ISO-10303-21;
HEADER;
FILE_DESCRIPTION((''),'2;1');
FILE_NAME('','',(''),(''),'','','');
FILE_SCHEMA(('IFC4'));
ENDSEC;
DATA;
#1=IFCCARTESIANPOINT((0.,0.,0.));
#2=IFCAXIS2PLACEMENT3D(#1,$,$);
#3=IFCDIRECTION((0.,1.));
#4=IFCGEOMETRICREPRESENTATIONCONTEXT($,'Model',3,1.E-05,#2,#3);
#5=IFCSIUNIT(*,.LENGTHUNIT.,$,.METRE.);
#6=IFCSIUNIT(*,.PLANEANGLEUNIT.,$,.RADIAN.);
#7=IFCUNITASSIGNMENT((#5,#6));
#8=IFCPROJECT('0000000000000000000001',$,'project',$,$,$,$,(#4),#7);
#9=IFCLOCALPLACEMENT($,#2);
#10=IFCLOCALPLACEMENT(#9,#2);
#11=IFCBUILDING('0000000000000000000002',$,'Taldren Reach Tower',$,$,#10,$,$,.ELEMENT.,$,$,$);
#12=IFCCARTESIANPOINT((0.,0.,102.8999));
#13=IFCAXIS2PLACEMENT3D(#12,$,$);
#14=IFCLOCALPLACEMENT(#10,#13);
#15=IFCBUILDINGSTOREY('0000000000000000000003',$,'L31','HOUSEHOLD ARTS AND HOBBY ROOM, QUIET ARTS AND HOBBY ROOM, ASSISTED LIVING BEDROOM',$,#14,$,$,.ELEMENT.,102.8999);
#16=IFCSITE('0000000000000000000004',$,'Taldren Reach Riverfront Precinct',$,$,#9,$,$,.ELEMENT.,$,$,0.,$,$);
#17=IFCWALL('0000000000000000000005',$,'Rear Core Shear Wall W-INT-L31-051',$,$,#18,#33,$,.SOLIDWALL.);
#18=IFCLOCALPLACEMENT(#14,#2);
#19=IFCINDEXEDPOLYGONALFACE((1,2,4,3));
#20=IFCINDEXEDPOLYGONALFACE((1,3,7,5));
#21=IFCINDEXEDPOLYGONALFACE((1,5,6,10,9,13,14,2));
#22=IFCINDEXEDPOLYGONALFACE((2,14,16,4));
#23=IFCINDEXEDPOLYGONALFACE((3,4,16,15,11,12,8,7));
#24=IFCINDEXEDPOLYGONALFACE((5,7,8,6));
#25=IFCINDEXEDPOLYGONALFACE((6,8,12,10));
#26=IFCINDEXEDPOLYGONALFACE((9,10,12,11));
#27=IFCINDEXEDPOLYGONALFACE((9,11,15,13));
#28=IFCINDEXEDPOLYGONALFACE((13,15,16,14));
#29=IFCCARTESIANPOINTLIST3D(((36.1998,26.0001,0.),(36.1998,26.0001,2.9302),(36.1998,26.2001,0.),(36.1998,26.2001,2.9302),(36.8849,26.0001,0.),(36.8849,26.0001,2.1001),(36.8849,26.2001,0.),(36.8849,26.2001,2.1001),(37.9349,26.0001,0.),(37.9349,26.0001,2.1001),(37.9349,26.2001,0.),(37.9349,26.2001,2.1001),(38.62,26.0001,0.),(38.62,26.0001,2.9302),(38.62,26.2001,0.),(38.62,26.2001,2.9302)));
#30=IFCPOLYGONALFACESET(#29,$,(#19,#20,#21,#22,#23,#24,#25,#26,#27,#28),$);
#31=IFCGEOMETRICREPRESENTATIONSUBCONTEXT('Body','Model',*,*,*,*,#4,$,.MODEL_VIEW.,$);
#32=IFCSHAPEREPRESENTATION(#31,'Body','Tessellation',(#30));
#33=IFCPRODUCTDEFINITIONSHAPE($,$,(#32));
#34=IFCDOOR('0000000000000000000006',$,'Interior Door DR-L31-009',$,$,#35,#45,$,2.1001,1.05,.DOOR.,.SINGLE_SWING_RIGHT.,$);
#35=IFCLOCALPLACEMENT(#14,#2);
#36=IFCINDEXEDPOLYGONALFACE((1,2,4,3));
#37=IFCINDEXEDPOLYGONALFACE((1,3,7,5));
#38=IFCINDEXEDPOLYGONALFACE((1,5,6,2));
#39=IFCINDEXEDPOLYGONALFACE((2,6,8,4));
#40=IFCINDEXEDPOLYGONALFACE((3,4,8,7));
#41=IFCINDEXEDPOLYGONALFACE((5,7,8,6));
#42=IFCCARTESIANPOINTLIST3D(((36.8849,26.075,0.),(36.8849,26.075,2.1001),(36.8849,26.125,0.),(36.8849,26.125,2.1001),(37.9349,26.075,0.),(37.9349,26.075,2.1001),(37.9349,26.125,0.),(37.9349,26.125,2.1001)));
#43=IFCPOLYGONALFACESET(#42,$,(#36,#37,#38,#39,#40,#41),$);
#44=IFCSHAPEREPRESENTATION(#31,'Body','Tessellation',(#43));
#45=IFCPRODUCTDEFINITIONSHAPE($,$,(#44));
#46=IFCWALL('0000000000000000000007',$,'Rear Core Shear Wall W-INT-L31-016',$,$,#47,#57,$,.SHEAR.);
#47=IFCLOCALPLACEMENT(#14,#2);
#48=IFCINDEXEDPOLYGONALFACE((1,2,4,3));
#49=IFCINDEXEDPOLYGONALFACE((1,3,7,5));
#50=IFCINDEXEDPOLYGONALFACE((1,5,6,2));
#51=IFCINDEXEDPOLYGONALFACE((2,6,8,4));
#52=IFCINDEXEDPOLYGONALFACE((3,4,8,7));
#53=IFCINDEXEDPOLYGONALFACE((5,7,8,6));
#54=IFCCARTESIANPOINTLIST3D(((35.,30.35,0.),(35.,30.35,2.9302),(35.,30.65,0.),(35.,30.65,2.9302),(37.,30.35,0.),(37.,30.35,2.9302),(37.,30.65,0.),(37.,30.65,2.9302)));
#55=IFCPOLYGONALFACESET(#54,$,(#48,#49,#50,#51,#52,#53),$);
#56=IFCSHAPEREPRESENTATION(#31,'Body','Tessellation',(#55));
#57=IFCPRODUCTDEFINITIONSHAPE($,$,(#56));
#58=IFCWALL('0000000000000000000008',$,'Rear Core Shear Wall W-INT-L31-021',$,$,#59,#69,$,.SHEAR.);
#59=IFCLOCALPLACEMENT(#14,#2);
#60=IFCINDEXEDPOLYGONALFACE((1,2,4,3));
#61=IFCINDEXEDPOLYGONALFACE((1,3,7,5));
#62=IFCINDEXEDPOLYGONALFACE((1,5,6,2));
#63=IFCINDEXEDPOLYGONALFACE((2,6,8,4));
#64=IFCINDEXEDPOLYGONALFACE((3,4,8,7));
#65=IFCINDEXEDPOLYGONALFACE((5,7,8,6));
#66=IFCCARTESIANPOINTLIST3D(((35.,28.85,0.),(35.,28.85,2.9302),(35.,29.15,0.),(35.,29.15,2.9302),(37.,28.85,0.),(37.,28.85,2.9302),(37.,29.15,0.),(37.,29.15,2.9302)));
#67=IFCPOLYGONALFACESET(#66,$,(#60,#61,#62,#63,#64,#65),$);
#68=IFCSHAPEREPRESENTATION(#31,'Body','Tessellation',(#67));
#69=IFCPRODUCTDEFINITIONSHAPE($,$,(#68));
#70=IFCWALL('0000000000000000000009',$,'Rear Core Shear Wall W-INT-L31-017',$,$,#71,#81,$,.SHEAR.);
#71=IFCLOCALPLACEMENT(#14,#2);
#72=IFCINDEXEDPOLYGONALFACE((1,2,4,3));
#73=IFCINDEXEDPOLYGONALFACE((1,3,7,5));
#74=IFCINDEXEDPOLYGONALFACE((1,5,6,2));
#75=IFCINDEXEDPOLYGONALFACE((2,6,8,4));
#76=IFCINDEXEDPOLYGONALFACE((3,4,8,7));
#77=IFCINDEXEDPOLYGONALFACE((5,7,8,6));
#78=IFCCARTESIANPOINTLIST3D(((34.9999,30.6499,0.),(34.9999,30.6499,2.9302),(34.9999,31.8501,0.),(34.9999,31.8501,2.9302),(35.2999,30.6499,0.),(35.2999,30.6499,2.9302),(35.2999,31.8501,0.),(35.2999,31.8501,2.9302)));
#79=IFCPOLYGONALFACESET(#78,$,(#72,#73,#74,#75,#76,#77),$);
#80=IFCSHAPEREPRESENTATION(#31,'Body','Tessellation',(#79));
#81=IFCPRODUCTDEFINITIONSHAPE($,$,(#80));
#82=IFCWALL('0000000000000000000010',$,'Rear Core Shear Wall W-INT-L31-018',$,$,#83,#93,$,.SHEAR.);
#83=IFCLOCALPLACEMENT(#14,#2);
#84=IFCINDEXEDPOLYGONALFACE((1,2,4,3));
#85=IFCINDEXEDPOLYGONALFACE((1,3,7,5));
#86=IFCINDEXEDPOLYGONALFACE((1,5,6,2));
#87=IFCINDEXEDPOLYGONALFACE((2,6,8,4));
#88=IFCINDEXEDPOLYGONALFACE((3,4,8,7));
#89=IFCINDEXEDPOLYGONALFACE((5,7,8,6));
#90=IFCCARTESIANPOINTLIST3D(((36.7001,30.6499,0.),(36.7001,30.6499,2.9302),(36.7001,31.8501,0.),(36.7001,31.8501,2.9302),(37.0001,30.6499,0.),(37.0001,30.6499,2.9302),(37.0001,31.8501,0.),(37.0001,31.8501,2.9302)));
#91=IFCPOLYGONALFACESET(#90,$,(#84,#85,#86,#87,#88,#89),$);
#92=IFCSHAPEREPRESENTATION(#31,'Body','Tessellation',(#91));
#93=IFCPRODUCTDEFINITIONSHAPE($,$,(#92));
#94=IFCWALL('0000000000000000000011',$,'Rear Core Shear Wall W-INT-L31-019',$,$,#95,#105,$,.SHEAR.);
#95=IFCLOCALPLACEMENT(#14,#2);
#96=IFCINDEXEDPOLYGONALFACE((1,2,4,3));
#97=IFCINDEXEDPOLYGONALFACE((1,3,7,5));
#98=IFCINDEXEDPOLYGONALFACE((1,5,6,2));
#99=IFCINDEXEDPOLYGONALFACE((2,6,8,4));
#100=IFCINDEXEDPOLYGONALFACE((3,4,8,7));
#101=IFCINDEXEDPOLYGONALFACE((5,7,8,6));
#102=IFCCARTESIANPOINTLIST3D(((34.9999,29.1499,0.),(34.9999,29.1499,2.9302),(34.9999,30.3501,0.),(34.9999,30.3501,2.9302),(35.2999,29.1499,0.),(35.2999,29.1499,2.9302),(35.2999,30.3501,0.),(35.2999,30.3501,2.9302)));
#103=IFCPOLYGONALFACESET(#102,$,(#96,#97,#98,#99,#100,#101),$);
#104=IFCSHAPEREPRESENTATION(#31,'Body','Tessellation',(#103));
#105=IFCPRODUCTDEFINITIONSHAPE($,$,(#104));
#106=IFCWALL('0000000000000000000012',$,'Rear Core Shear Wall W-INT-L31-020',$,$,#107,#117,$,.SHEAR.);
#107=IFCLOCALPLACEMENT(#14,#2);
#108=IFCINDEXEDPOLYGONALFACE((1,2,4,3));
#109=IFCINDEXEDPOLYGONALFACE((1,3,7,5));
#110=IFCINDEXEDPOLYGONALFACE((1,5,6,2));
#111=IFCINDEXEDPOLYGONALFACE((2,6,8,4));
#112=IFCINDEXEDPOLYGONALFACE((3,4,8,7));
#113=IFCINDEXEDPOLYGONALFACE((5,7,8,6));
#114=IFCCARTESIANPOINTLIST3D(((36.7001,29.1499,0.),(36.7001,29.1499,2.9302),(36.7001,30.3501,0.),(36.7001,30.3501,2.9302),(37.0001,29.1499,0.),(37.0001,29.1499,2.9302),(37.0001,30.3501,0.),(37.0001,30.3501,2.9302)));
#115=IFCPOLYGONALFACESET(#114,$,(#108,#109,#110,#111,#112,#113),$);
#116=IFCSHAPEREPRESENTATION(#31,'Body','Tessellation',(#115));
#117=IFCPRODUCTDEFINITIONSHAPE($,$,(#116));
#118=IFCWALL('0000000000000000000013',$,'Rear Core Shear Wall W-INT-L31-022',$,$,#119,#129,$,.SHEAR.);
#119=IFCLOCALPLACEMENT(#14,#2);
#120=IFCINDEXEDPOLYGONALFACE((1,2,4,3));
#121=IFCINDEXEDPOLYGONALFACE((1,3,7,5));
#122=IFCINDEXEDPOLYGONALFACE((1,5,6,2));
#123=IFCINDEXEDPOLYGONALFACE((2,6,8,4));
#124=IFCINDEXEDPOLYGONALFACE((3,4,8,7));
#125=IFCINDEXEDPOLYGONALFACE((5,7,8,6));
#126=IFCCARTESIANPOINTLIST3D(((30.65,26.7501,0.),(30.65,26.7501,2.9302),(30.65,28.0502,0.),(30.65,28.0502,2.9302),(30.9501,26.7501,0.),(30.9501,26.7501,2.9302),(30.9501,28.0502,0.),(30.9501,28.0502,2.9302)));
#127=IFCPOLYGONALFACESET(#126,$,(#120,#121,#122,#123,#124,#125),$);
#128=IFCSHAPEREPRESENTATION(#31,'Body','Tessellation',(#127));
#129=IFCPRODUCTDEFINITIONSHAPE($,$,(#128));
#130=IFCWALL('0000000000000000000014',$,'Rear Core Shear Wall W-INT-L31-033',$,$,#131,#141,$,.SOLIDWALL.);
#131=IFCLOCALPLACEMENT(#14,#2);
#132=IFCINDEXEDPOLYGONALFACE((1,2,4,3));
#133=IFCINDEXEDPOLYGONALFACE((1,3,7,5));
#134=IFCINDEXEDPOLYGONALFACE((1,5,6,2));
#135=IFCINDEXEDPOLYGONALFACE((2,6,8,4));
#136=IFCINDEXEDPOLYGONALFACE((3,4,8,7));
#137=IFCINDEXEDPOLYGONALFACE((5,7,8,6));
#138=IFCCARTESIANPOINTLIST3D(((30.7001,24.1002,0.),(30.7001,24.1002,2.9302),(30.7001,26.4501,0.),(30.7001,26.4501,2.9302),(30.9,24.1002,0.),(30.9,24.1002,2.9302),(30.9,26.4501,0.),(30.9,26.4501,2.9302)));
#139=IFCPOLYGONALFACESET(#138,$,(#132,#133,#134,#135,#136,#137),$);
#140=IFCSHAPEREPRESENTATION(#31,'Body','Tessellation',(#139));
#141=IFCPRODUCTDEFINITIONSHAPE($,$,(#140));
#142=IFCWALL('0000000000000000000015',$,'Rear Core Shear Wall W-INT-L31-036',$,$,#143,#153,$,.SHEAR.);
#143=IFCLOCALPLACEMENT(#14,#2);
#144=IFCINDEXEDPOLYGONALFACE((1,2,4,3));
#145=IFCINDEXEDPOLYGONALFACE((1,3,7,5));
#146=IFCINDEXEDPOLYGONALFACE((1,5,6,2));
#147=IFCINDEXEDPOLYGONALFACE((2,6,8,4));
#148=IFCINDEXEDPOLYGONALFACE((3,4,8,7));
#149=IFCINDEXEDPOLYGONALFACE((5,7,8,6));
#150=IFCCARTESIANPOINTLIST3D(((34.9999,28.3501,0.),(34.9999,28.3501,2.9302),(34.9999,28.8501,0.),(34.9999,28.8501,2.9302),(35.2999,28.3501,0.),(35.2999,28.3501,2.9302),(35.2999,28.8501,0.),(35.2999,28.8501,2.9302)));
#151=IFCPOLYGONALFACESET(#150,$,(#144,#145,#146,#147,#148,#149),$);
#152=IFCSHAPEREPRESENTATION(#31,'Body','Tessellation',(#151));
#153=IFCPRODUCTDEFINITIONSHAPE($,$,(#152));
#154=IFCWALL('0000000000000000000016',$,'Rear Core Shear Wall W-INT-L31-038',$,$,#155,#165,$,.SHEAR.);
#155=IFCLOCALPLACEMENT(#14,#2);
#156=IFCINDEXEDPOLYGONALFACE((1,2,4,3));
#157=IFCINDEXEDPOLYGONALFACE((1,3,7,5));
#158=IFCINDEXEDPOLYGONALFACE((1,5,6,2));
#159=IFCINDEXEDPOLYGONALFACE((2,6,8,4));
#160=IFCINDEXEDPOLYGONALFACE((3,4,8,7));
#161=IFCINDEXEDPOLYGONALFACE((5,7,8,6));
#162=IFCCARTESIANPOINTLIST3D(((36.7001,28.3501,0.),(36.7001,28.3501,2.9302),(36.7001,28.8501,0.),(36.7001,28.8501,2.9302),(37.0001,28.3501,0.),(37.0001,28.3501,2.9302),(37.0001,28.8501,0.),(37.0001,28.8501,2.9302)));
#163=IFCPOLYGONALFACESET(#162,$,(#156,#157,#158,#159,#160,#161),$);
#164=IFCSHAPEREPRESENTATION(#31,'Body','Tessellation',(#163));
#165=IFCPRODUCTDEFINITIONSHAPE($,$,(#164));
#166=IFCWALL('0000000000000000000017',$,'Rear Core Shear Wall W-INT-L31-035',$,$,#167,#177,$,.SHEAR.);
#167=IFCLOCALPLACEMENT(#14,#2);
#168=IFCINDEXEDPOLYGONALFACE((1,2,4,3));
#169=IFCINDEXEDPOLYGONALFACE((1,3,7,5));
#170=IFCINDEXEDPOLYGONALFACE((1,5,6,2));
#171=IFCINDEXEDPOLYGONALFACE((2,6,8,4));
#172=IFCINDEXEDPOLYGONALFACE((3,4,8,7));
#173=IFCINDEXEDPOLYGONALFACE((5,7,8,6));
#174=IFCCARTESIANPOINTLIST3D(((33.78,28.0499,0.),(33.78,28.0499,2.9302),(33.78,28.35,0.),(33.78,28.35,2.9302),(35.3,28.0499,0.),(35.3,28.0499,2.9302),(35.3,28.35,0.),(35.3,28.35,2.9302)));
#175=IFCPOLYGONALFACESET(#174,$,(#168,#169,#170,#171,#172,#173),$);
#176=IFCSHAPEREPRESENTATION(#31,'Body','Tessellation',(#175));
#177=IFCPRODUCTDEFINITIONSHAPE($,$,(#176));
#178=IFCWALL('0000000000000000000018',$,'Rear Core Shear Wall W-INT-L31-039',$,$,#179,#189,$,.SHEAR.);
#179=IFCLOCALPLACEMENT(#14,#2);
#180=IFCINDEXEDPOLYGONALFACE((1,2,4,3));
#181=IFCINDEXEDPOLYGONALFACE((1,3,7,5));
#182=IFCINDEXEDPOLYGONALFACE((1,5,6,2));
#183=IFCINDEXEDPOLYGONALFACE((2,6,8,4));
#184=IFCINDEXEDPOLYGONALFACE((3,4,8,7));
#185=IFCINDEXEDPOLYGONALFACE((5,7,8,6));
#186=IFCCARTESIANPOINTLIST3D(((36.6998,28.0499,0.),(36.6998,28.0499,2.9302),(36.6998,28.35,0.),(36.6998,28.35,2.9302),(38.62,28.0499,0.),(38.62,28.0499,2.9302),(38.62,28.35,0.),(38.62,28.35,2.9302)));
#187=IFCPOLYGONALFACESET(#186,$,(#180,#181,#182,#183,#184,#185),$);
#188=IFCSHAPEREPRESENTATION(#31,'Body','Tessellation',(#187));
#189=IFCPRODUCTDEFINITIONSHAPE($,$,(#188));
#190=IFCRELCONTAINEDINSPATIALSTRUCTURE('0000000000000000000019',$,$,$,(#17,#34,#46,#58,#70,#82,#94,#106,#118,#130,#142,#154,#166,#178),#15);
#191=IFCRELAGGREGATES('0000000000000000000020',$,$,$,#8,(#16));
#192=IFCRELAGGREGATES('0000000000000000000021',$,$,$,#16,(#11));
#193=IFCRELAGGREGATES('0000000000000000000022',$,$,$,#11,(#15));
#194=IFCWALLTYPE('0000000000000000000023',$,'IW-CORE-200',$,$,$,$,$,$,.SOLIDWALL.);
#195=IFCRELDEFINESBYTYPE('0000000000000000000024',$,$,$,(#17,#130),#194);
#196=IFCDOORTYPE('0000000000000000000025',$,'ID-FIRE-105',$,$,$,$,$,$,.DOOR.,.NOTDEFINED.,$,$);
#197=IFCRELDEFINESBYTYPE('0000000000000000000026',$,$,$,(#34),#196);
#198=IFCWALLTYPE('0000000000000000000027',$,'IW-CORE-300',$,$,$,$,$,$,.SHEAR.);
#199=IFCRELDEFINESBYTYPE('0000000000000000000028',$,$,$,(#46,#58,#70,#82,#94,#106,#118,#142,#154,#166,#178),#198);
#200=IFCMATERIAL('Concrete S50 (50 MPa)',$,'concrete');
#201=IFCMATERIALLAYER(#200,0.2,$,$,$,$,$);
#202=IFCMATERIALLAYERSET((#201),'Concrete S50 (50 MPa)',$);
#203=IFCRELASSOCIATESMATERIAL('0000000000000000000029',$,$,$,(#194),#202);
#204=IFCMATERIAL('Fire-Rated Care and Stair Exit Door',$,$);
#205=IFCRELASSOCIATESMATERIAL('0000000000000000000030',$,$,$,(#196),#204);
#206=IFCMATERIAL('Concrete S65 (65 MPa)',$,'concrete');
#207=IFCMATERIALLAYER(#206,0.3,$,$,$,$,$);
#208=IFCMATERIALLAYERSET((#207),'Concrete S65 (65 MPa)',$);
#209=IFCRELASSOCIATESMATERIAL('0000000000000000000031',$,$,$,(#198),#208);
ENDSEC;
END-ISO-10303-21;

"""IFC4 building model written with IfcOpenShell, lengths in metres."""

from ifc_helpers import new_model, si_unit, direction, frame, frame_2d, origin, place, context, subcontext, project, spatial, rectangle, extrude, source, transform, mapped, material, layer, layer_set, type_object, element, fill, save


model = new_model("IFC4")

# Units and contexts
model_context = context("Model", 3, precision=1e-05, world=origin(), true_north=direction((0.0, 1.0)))
body_context = subcontext(model_context, "Body", "Model", "MODEL_VIEW")
ifc_project = project(units=[si_unit("LENGTHUNIT", "METRE"), si_unit("PLANEANGLEUNIT", "RADIAN")], contexts=[model_context])

# Site, building, storey
site_placement = place(None, origin())
site = spatial("IfcSite", under=ifc_project, at=site_placement, Name="Taldren Reach Riverfront Precinct", CompositionType="ELEMENT", RefElevation=0.0)
building_placement = place(site_placement, origin())
building = spatial("IfcBuilding", under=site, at=building_placement, Name="Taldren Reach Tower", CompositionType="ELEMENT")
storey_placement = place(building_placement, frame((0.0, 0.0, 102.8999)))
storey = spatial("IfcBuildingStorey", under=building, at=storey_placement, Name="L31", Description="HOUSEHOLD ARTS AND HOBBY ROOM, QUIET ARTS AND HOBBY ROOM, ASSISTED LIVING BEDROOM", CompositionType="ELEMENT", Elevation=102.8999)

# Shared definitions
ifc_material_1 = material(Name="Concrete S50 (50 MPa)", Category="concrete")
ifc_layer_1 = layer(ifc_material_1, 0.2)
ifc_layer_set_1 = layer_set([ifc_layer_1], Name="Concrete S50 (50 MPa)")
wall_type_1 = type_object("IfcWallType", Name="IW-CORE-200", PredefinedType="SOLIDWALL", material=ifc_layer_set_1)
shared_shape_1 = source(origin(), body_context, "Body", "SweptSolid", [
    extrude(rectangle(XDim=1.05, YDim=2.1001, at=frame_2d((0.5249, 1.05))), frame((0.0, 0.1099, 0.0), z_axis=(0.0, -1.0, 0.0), x_axis=(1.0, 0.0, 0.0)), (0.0, 0.0, 1.0), 0.22),
])
ifc_material_2 = material(Name="Fire-Rated Care and Stair Exit Door")
door_type = type_object("IfcDoorType", Name="ID-FIRE-105", OperationType="NOTDEFINED", PredefinedType="DOOR", material=ifc_material_2)
shared_shape_2 = source(origin(), body_context, "Body", "SweptSolid", [
    extrude(rectangle(XDim=1.05, YDim=2.1001, at=frame_2d((0.5249, 1.05))), frame((0.0, 0.0249, 0.0), z_axis=(0.0, -1.0, 0.0), x_axis=(1.0, 0.0, 0.0)), (0.0, 0.0, 1.0), 0.05),
])

# Wall, opening, door
shared_shape_3 = source(origin(), body_context, "Body", "SweptSolid", [
    extrude(rectangle(XDim=2.4202, YDim=0.2, at=frame_2d((1.21, 0.0))), origin(), (0.0, 0.0, 1.0), 2.9302),
])
wall_1_placement = place(storey_placement, frame((36.2, 26.1001, 0.0), z_axis=(0.0, 0.0, 1.0), x_axis=(1.0, 0.0, 0.0)))
wall_1 = element("IfcWall", 1, at=wall_1_placement, inside=storey, type_object=wall_type_1, Name="Rear Core Shear Wall W-INT-L31-051", PredefinedType="SOLIDWALL", context=body_context, shape_type="MappedRepresentation", body=[
    mapped(shared_shape_3, transform((0.0, 0.0, 0.0), scale=1.0)),
])
opening_1_placement = place(wall_1_placement, frame((0.6851, 0.0, 0.0)))
opening_1 = element("IfcOpeningElement", 2, at=opening_1_placement, cuts=wall_1, PredefinedType="OPENING", context=body_context, shape_type="MappedRepresentation", body=[
    mapped(shared_shape_1, transform((0.0, 0.0, 0.0), scale=1.0)),
])
door_1_placement = place(opening_1_placement, origin())
door_1 = element("IfcDoor", 3, at=door_1_placement, inside=storey, type_object=door_type, Name="Interior Door DR-L31-009", OperationType="SINGLE_SWING_RIGHT", OverallHeight=2.1001, OverallWidth=1.05, PredefinedType="DOOR", context=body_context, shape_type="MappedRepresentation", body=[
    mapped(shared_shape_2, transform((0.0, 0.0, 0.0), scale=1.0)),
])
fill(opening_1, door_1)

# Walls
ifc_material_3 = material(Name="Concrete S65 (65 MPa)", Category="concrete")
ifc_layer_2 = layer(ifc_material_3, 0.3)
ifc_layer_set_2 = layer_set([ifc_layer_2], Name="Concrete S65 (65 MPa)")
wall_type_2 = type_object("IfcWallType", Name="IW-CORE-300", PredefinedType="SHEAR", material=ifc_layer_set_2)
shared_shape_4 = source(origin(), body_context, "Body", "SweptSolid", [
    extrude(rectangle(XDim=2.0, YDim=0.3, at=frame_2d((1.0, 0.0))), origin(), (0.0, 0.0, 1.0), 2.9302),
])
for number, where, z_axis, x_axis, name in (
    (4, (35.0, 30.5, 0.0), (0.0, 0.0, 1.0), (1.0, 0.0, 0.0), "Rear Core Shear Wall W-INT-L31-016"),
    (5, (35.0, 29.0, 0.0), (0.0, 0.0, 1.0), (1.0, 0.0, 0.0), "Rear Core Shear Wall W-INT-L31-021"),
):
    element("IfcWall", number, at=place(storey_placement, frame(where, z_axis=z_axis, x_axis=x_axis)), inside=storey, type_object=wall_type_2, Name=name, PredefinedType="SHEAR", context=body_context, shape_type="MappedRepresentation", body=[
        mapped(shared_shape_4, transform((0.0, 0.0, 0.0), scale=1.0)),
    ])
shared_shape_5 = source(origin(), body_context, "Body", "SweptSolid", [
    extrude(rectangle(XDim=1.2002, YDim=0.3, at=frame_2d((0.6001, 0.0))), origin(), (0.0, 0.0, 1.0), 2.9302),
])
for number, where, z_axis, x_axis, name in (
    (6, (35.1499, 31.8501, 0.0), (0.0, 0.0, 1.0), (0.0, -1.0, 0.0), "Rear Core Shear Wall W-INT-L31-017"),
    (7, (36.8501, 30.6499, 0.0), (0.0, 0.0, 1.0), (0.0, 1.0, 0.0), "Rear Core Shear Wall W-INT-L31-018"),
    (8, (35.1499, 30.3501, 0.0), (0.0, 0.0, 1.0), (0.0, -1.0, 0.0), "Rear Core Shear Wall W-INT-L31-019"),
    (9, (36.8501, 29.1499, 0.0), (0.0, 0.0, 1.0), (0.0, 1.0, 0.0), "Rear Core Shear Wall W-INT-L31-020"),
):
    element("IfcWall", number, at=place(storey_placement, frame(where, z_axis=z_axis, x_axis=x_axis)), inside=storey, type_object=wall_type_2, Name=name, PredefinedType="SHEAR", context=body_context, shape_type="MappedRepresentation", body=[
        mapped(shared_shape_5, transform((0.0, 0.0, 0.0), scale=1.0)),
    ])
shared_shape_6 = source(origin(), body_context, "Body", "SweptSolid", [
    extrude(rectangle(XDim=1.3, YDim=0.3, at=frame_2d((0.6499, 0.0))), origin(), (0.0, 0.0, 1.0), 2.9302),
])
wall_2_placement = place(storey_placement, frame((30.8, 28.05, 0.0), z_axis=(0.0, 0.0, 1.0), x_axis=(0.0, -1.0, 0.0)))
element("IfcWall", 10, at=wall_2_placement, inside=storey, type_object=wall_type_2, Name="Rear Core Shear Wall W-INT-L31-022", PredefinedType="SHEAR", context=body_context, shape_type="MappedRepresentation", body=[
    mapped(shared_shape_6, transform((0.0, 0.0, 0.0), scale=1.0)),
])
shared_shape_7 = source(origin(), body_context, "Body", "SweptSolid", [
    extrude(rectangle(XDim=2.3499, YDim=0.2, at=frame_2d((1.1748, 0.0))), origin(), (0.0, 0.0, 1.0), 2.9302),
])
wall_3_placement = place(storey_placement, frame((30.8, 26.45, 0.0), z_axis=(0.0, 0.0, 1.0), x_axis=(0.0, -1.0, 0.0)))
element("IfcWall", 11, at=wall_3_placement, inside=storey, type_object=wall_type_1, Name="Rear Core Shear Wall W-INT-L31-033", PredefinedType="SOLIDWALL", context=body_context, shape_type="MappedRepresentation", body=[
    mapped(shared_shape_7, transform((0.0, 0.0, 0.0), scale=1.0)),
])
shared_shape_8 = source(origin(), body_context, "Body", "SweptSolid", [
    extrude(rectangle(XDim=0.5, YDim=0.3, at=frame_2d((0.25, 0.0))), origin(), (0.0, 0.0, 1.0), 2.9302),
])
for number, where, z_axis, x_axis, name in (
    (12, (35.1499, 28.3501, 0.0), (0.0, 0.0, 1.0), (0.0, 1.0, 0.0), "Rear Core Shear Wall W-INT-L31-036"),
    (13, (36.8501, 28.8501, 0.0), (0.0, 0.0, 1.0), (0.0, -1.0, 0.0), "Rear Core Shear Wall W-INT-L31-038"),
):
    element("IfcWall", number, at=place(storey_placement, frame(where, z_axis=z_axis, x_axis=x_axis)), inside=storey, type_object=wall_type_2, Name=name, PredefinedType="SHEAR", context=body_context, shape_type="MappedRepresentation", body=[
        mapped(shared_shape_8, transform((0.0, 0.0, 0.0), scale=1.0)),
    ])
shared_shape_9 = source(origin(), body_context, "Body", "SweptSolid", [
    extrude(rectangle(XDim=1.52, YDim=0.3, at=frame_2d((0.76, 0.0))), origin(), (0.0, 0.0, 1.0), 2.9302),
])
wall_4_placement = place(storey_placement, frame((33.78, 28.2, 0.0), z_axis=(0.0, 0.0, 1.0), x_axis=(1.0, 0.0, 0.0)))
element("IfcWall", 14, at=wall_4_placement, inside=storey, type_object=wall_type_2, Name="Rear Core Shear Wall W-INT-L31-035", PredefinedType="SHEAR", context=body_context, shape_type="MappedRepresentation", body=[
    mapped(shared_shape_9, transform((0.0, 0.0, 0.0), scale=1.0)),
])
shared_shape_10 = source(origin(), body_context, "Body", "SweptSolid", [
    extrude(rectangle(XDim=1.9202, YDim=0.3, at=frame_2d((0.96, 0.0))), origin(), (0.0, 0.0, 1.0), 2.9302),
])
wall_5_placement = place(storey_placement, frame((36.7, 28.2, 0.0), z_axis=(0.0, 0.0, 1.0), x_axis=(1.0, 0.0, 0.0)))
element("IfcWall", 15, at=wall_5_placement, inside=storey, type_object=wall_type_2, Name="Rear Core Shear Wall W-INT-L31-039", PredefinedType="SHEAR", context=body_context, shape_type="MappedRepresentation", body=[
    mapped(shared_shape_10, transform((0.0, 0.0, 0.0), scale=1.0)),
])

save(model, "model.ifc")
